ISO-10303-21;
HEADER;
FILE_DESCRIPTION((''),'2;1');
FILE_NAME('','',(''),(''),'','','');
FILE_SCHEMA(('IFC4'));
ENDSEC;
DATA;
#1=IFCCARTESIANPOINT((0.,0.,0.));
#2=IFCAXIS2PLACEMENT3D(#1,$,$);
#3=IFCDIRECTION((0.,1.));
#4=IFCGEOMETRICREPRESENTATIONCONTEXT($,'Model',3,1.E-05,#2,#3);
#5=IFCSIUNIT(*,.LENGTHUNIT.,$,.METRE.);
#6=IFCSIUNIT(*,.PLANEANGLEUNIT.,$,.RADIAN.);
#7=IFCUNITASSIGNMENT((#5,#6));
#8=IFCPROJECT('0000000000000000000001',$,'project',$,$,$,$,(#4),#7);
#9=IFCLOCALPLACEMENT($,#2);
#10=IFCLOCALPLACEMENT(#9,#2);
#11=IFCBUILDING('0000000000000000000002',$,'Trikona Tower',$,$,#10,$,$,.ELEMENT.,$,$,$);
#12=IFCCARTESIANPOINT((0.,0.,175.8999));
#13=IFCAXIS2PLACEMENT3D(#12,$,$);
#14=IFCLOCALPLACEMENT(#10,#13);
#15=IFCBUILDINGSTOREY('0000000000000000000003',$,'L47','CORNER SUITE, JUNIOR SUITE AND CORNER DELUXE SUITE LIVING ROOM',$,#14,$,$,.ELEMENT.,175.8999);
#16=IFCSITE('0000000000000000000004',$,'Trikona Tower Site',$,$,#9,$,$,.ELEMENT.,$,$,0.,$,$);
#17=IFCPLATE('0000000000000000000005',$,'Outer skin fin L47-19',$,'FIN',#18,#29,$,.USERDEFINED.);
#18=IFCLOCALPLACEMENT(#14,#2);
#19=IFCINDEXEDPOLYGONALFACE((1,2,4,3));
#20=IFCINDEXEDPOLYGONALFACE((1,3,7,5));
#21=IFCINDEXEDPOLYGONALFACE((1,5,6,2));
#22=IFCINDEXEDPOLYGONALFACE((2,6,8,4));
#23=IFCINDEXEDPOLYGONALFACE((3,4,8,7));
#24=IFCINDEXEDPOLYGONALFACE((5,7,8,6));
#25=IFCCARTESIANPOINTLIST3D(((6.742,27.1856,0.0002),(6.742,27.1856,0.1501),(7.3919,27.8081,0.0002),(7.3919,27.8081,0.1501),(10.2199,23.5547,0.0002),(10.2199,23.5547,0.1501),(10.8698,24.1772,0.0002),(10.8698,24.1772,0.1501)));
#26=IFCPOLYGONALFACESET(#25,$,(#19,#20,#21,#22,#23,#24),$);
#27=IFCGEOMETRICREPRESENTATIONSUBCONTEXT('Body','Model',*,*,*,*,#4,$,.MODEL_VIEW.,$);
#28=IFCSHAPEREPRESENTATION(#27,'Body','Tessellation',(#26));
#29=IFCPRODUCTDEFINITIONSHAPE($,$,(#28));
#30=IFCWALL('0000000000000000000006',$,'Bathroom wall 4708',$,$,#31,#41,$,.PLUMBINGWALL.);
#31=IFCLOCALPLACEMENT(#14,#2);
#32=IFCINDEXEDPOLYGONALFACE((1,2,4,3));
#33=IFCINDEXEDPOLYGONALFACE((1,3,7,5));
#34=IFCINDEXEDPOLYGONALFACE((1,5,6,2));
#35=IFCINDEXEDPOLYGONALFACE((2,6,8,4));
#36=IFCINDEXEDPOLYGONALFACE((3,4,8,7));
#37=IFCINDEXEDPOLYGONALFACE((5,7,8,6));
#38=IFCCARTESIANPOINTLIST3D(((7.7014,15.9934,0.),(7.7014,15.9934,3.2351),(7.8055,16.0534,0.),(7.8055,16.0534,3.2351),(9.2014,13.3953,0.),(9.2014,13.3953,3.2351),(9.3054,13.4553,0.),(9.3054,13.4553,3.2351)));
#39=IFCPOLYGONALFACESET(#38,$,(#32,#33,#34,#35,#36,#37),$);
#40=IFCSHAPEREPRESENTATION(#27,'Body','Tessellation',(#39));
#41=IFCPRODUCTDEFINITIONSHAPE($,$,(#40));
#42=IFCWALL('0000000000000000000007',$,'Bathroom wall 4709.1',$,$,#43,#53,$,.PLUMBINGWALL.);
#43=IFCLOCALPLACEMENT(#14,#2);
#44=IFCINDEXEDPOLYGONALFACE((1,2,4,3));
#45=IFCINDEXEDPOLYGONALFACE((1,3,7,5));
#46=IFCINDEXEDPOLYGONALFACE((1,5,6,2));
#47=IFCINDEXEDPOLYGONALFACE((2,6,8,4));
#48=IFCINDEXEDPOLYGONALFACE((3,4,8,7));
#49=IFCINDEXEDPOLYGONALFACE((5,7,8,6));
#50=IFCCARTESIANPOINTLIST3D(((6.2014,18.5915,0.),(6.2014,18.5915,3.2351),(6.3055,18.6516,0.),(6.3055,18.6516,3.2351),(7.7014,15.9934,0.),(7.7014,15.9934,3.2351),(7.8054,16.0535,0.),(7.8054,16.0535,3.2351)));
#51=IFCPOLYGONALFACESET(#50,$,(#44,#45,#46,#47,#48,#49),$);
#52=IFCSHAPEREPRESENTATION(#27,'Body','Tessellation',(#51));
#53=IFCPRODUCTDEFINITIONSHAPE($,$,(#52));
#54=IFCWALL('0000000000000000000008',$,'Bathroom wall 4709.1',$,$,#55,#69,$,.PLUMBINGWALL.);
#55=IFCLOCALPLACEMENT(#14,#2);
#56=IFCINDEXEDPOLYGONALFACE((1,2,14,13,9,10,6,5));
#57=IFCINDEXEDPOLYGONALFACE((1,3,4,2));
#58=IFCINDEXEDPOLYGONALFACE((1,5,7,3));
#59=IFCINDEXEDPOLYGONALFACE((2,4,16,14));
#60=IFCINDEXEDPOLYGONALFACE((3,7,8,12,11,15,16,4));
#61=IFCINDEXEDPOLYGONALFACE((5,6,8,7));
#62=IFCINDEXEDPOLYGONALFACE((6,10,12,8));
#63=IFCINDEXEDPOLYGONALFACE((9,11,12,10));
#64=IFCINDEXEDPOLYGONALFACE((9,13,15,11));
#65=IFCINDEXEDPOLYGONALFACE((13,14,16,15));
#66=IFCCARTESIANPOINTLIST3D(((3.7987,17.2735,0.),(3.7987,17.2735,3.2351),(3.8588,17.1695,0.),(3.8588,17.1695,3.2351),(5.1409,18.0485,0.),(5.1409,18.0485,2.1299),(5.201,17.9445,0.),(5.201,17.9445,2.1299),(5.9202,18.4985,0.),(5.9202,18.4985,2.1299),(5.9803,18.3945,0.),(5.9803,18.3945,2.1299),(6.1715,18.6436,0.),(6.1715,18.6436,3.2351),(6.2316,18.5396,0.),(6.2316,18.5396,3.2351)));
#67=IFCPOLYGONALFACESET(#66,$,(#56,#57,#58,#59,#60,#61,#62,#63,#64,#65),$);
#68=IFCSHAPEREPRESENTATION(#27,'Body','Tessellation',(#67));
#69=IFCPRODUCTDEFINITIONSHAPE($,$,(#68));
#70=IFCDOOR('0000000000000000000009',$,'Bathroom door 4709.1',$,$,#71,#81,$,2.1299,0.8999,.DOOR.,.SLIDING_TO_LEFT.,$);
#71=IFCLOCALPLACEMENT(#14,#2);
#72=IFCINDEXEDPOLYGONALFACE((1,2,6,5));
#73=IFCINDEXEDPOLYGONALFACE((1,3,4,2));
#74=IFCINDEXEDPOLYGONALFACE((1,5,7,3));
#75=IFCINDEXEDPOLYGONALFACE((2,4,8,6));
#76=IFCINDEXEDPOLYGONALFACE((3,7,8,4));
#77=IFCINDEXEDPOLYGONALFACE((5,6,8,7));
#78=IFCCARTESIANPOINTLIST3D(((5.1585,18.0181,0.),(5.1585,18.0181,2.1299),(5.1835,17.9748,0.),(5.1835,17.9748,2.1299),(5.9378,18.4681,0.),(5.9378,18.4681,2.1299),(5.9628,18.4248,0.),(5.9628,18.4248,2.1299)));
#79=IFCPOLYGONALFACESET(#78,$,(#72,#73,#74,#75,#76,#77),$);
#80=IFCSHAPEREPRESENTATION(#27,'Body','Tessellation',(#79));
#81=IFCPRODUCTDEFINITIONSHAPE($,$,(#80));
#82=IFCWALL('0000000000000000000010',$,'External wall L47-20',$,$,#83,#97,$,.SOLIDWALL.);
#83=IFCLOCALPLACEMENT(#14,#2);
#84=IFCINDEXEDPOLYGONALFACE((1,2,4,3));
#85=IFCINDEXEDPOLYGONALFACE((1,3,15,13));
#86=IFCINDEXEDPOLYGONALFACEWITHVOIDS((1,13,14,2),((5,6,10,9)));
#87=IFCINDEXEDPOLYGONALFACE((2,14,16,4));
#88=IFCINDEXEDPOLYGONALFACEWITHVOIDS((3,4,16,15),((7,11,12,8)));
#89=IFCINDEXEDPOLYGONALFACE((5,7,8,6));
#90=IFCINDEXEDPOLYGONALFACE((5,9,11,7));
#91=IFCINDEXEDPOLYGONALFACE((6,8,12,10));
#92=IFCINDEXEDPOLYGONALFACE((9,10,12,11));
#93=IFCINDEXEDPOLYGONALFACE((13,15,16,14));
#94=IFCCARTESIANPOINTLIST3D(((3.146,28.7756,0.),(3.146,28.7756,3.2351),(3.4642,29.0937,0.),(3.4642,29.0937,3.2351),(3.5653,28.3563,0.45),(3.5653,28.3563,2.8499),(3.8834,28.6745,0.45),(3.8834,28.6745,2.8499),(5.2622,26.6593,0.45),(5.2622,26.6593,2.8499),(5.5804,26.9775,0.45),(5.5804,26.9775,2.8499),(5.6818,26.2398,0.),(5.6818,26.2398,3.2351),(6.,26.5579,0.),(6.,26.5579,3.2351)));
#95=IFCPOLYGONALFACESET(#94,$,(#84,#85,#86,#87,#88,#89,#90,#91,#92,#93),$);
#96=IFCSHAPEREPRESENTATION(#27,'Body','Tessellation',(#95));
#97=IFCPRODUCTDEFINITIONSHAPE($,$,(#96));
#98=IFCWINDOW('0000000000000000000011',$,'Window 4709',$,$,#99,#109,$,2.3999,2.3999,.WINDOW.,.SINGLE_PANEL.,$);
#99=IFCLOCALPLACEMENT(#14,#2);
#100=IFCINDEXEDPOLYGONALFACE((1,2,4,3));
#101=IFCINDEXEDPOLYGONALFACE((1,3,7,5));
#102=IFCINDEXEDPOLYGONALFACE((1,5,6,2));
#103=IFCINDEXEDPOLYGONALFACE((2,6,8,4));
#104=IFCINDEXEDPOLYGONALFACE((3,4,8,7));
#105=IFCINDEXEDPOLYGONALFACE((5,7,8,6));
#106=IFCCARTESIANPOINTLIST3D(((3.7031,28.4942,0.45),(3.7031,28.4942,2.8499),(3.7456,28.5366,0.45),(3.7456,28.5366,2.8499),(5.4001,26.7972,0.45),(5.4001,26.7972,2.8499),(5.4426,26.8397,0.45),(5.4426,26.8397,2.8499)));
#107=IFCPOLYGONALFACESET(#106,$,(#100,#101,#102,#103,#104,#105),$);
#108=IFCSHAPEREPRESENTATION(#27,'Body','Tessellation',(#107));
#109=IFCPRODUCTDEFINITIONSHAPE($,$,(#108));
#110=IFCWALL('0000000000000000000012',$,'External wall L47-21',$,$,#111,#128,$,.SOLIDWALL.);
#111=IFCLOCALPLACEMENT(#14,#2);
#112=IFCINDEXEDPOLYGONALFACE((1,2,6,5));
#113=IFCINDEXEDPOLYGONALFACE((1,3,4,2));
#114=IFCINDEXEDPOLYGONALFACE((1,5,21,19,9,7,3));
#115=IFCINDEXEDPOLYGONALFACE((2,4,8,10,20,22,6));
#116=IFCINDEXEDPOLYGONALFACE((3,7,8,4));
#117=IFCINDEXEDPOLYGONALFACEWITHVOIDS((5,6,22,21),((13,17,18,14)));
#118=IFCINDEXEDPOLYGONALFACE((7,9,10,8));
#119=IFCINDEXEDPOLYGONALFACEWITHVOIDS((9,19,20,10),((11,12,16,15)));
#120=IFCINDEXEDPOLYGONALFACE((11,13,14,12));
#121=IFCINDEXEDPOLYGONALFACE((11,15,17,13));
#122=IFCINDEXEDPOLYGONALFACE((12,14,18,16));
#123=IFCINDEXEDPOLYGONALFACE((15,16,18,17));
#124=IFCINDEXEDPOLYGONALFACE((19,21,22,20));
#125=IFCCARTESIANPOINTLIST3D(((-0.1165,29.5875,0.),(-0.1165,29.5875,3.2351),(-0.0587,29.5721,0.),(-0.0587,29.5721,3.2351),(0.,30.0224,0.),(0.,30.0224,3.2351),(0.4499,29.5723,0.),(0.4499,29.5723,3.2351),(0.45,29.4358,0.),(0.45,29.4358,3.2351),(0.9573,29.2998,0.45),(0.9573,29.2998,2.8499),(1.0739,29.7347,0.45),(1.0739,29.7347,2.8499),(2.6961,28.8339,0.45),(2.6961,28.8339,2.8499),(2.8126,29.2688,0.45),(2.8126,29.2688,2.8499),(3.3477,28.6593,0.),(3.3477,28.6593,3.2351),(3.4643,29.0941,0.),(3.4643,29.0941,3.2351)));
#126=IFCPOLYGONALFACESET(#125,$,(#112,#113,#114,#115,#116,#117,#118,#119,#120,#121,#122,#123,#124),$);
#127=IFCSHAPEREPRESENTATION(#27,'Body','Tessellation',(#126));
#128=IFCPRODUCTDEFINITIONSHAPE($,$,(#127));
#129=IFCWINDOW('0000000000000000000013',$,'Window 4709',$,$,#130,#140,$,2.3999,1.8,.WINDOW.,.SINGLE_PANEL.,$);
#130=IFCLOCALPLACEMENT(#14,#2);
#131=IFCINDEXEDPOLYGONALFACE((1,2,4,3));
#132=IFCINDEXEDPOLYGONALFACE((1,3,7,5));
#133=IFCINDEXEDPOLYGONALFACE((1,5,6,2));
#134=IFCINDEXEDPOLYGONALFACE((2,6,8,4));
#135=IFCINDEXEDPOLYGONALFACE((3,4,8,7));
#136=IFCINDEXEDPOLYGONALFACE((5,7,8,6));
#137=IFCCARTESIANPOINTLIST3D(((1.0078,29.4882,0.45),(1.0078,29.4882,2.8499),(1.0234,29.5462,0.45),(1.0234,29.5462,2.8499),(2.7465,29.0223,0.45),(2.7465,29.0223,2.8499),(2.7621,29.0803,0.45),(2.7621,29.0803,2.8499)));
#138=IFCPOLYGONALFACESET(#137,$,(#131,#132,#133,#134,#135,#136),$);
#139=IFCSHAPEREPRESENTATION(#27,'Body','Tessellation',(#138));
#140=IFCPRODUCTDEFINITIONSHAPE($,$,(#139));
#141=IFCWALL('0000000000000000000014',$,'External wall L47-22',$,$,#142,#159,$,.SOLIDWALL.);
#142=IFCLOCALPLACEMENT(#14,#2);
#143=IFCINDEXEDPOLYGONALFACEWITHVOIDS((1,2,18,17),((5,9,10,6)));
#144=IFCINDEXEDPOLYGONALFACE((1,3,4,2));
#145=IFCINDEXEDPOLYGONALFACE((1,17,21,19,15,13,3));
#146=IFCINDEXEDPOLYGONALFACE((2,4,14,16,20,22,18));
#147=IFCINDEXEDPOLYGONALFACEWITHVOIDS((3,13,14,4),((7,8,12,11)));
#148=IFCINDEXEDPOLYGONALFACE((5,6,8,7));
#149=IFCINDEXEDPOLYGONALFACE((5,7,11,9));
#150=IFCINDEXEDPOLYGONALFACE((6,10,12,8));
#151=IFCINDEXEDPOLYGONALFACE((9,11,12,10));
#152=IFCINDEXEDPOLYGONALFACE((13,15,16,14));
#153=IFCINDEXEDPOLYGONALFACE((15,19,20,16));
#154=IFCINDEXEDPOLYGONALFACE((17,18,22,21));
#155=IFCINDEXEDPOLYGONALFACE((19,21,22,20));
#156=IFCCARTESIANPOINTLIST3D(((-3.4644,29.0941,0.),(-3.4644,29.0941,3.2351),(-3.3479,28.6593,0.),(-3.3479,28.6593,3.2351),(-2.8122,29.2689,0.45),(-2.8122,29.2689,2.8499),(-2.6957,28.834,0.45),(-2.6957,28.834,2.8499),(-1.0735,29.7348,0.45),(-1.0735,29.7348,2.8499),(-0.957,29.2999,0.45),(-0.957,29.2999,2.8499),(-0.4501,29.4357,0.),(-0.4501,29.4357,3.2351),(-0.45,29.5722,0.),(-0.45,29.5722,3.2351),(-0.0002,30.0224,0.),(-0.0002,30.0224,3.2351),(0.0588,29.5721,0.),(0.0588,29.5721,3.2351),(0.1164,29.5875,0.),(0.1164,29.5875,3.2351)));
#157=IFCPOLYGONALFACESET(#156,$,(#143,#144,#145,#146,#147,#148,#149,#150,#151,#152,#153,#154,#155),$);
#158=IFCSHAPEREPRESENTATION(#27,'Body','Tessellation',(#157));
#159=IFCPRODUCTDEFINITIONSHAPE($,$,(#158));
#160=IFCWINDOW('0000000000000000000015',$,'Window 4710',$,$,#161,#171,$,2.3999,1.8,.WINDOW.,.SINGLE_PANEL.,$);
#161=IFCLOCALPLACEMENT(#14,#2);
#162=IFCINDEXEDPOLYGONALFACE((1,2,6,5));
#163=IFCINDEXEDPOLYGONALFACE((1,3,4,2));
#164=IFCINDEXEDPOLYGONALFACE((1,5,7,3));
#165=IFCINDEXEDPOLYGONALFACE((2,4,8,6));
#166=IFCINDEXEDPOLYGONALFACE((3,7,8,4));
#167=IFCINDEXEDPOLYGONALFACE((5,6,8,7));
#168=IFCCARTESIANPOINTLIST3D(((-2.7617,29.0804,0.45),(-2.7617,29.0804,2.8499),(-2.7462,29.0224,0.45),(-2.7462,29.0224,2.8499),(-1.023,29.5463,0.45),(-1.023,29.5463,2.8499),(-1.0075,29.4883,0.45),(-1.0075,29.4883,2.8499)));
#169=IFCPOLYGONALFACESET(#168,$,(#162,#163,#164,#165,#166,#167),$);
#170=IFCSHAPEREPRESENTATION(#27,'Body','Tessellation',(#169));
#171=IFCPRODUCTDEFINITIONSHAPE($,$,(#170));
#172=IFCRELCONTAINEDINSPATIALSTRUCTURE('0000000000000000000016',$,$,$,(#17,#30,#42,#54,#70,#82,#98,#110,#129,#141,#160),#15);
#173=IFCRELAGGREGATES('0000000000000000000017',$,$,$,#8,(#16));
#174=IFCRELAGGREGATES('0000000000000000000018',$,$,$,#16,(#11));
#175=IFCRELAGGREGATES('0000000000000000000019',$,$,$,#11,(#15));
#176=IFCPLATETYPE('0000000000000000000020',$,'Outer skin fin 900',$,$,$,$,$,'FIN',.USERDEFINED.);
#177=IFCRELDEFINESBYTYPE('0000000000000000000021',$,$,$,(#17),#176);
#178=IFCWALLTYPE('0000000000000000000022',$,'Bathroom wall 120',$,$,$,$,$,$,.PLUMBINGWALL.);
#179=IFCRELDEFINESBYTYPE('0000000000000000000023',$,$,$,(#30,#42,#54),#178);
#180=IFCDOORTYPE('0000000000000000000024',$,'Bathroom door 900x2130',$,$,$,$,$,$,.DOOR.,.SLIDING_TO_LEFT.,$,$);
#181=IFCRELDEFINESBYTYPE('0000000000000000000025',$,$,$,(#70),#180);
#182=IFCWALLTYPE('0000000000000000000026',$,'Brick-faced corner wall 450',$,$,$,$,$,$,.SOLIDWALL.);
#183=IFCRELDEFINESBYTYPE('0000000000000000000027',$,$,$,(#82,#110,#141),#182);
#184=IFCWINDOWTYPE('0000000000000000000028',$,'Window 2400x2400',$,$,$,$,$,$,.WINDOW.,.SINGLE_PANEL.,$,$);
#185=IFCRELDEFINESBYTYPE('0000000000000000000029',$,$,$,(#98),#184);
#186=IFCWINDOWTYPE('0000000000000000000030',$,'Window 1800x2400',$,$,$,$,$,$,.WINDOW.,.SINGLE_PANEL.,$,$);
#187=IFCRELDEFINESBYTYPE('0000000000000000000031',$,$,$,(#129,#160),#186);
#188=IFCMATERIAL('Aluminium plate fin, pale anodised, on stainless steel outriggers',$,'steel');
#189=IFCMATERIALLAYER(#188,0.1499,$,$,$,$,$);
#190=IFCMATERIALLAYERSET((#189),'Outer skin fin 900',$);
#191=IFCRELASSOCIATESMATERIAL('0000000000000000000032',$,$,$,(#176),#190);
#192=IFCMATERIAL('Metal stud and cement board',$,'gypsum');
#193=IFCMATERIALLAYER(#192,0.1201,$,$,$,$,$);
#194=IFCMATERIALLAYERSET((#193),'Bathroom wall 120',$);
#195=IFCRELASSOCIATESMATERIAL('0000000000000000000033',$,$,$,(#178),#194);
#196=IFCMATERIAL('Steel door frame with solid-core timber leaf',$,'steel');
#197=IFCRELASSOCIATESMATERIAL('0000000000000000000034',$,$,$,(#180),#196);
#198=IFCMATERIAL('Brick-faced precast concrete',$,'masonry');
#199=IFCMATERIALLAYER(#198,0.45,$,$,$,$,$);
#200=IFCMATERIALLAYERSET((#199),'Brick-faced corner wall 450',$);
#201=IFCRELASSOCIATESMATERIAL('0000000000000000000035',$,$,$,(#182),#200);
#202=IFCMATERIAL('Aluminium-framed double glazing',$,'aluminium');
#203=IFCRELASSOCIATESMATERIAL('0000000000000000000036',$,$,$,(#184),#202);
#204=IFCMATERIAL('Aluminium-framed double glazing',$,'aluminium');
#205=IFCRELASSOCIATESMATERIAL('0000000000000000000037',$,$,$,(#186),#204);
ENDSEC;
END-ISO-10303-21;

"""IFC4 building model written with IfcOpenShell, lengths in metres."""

from ifc_helpers import new_model, si_unit, direction, frame, frame_2d, origin, origin_2d, place, context, subcontext, project, spatial, polyline, rectangle, outline, extrude, material, layer, layer_set, type_object, element, fill, save


model = new_model("IFC4")

# Units and contexts
model_context = context("Model", 3, precision=1e-05, world=origin(), true_north=direction((0.0, 1.0)))
body_context = subcontext(model_context, "Body", "Model", "MODEL_VIEW")
ifc_project = project(units=[si_unit("LENGTHUNIT", "METRE"), si_unit("PLANEANGLEUNIT", "RADIAN")], contexts=[model_context])

# Site, building, storey
site_placement = place(None, origin())
site = spatial("IfcSite", under=ifc_project, at=site_placement, Name="Trikona Tower Site", CompositionType="ELEMENT", RefElevation=0.0)
building_placement = place(site_placement, origin())
building = spatial("IfcBuilding", under=site, at=building_placement, Name="Trikona Tower", CompositionType="ELEMENT")
storey_placement = place(building_placement, frame((0.0, 0.0, 175.8999)))
storey = spatial("IfcBuildingStorey", under=building, at=storey_placement, Name="L47", Description="CORNER SUITE, JUNIOR SUITE AND CORNER DELUXE SUITE LIVING ROOM", CompositionType="ELEMENT", Elevation=175.8999)

# Plate
ifc_material_1 = material(Name="Aluminium plate fin, pale anodised, on stainless steel outriggers", Category="steel")
ifc_layer_1 = layer(ifc_material_1, 0.1499)
ifc_layer_set_1 = layer_set([ifc_layer_1], Name="Outer skin fin 900")
plate_type_1 = type_object("IfcPlateType", Name="Outer skin fin 900", ElementType="FIN", PredefinedType="USERDEFINED", material=ifc_layer_set_1)
plate_1_placement = place(storey_placement, frame((8.8059, 25.6814, 0.0002), z_axis=(0.0, 0.0, 1.0), x_axis=(-0.691724, 0.722162, 0.0)))
element("IfcPlate", 1, at=plate_1_placement, inside=storey, type_object=plate_type_1, Name="Outer skin fin L47-19", ObjectType="FIN", PredefinedType="USERDEFINED", context=body_context, shape_type="SweptSolid", body=[
    extrude(rectangle(XDim=5.0278, YDim=0.8999, at=origin_2d()), origin(), (0.0, 0.0, 1.0), 0.1499),
])

# Walls
ifc_material_2 = material(Name="Metal stud and cement board", Category="gypsum")
ifc_layer_2 = layer(ifc_material_2, 0.1201)
ifc_layer_set_2 = layer_set([ifc_layer_2], Name="Bathroom wall 120")
wall_type_1 = type_object("IfcWallType", Name="Bathroom wall 120", PredefinedType="PLUMBINGWALL", material=ifc_layer_set_2)
for number, where, z_axis, x_axis, name in (
    (2, (9.2534, 13.4253, 0.0), (0.0, 0.0, 1.0), (-0.49999, 0.866031, 0.0), "Bathroom wall 4708"),
    (3, (7.7534, 16.0234, 0.0), (0.0, 0.0, 1.0), (-0.49999, 0.866031, 0.0), "Bathroom wall 4709.1"),
):
    element("IfcWall", number, at=place(storey_placement, frame(where, z_axis=z_axis, x_axis=x_axis)), inside=storey, type_object=wall_type_1, Name=name, PredefinedType="PLUMBINGWALL", context=body_context, shape_type="SweptSolid", body=[
        extrude(rectangle(XDim=3.0, YDim=0.1201, at=frame_2d((1.5, 0.0))), origin(), (0.0, 0.0, 1.0), 3.2351),
    ])

# Wall, opening, door
wall_1_placement = place(storey_placement, frame((3.8286, 17.2214, 0.0), z_axis=(0.0, 0.0, 1.0), x_axis=(0.865997, 0.500049, 0.0)))
wall_1 = element("IfcWall", 4, at=wall_1_placement, inside=storey, type_object=wall_type_1, Name="Bathroom wall 4709.1", PredefinedType="PLUMBINGWALL", context=body_context, shape_type="SweptSolid", body=[
    extrude(rectangle(XDim=2.74, YDim=0.1201, at=frame_2d((1.3701, 0.0))), origin(), (0.0, 0.0, 1.0), 3.2351),
])
opening_1_placement = place(wall_1_placement, frame((1.55, 0.0, 0.0)))
opening_1 = element("IfcOpeningElement", 5, at=opening_1_placement, cuts=wall_1, PredefinedType="OPENING", context=body_context, shape_type="SweptSolid", body=[
    extrude(rectangle(XDim=0.8999, YDim=2.1299, at=frame_2d((0.45, 1.0649))), frame((0.0, 0.0701, 0.0), z_axis=(0.0, -1.0, 0.0), x_axis=(1.0, 0.0, 0.0)), (0.0, 0.0, 1.0), 0.1401),
])
ifc_material_3 = material(Name="Steel door frame with solid-core timber leaf", Category="steel")
door_type_1 = type_object("IfcDoorType", Name="Bathroom door 900x2130", OperationType="SLIDING_TO_LEFT", PredefinedType="DOOR", material=ifc_material_3)
door_1_placement = place(opening_1_placement, origin())
door_1 = element("IfcDoor", 6, at=door_1_placement, inside=storey, type_object=door_type_1, Name="Bathroom door 4709.1", OperationType="SLIDING_TO_LEFT", OverallHeight=2.1299, OverallWidth=0.8999, PredefinedType="DOOR", context=body_context, shape_type="SweptSolid", body=[
    extrude(rectangle(XDim=0.8999, YDim=2.1299, at=frame_2d((0.45, 1.0649))), frame((0.0, 0.0249, 0.0), z_axis=(0.0, -1.0, 0.0), x_axis=(1.0, 0.0, 0.0)), (0.0, 0.0, 1.0), 0.05),
])
fill(opening_1, door_1)

# Walls, openings, windows
ifc_material_4 = material(Name="Brick-faced precast concrete", Category="masonry")
ifc_layer_3 = layer(ifc_material_4, 0.45)
ifc_layer_set_3 = layer_set([ifc_layer_3], Name="Brick-faced corner wall 450")
wall_type_2 = type_object("IfcWallType", Name="Brick-faced corner wall 450", PredefinedType="SOLIDWALL", material=ifc_layer_set_3)
wall_2_placement = place(storey_placement, frame((5.8408, 26.3989, 0.0), z_axis=(0.0, 0.0, 1.0), x_axis=(-0.707107, 0.707107, 0.0)))
wall_2 = element("IfcWall", 7, at=wall_2_placement, inside=storey, type_object=wall_type_2, Name="External wall L47-20", PredefinedType="SOLIDWALL", context=body_context, shape_type="SweptSolid", body=[
    extrude(rectangle(XDim=3.5862, YDim=0.45, at=frame_2d((1.793, 0.0))), origin(), (0.0, 0.0, 1.0), 3.2351),
])
opening_2_placement = place(wall_2_placement, frame((0.5933, 0.0, 0.45)))
opening_2 = element("IfcOpeningElement", 8, at=opening_2_placement, cuts=wall_2, PredefinedType="OPENING", context=body_context, shape_type="SweptSolid", body=[
    extrude(rectangle(XDim=2.3999, YDim=2.3999, at=frame_2d((1.2, 1.2))), frame((0.0, 0.2349, 0.0), z_axis=(0.0, -1.0, 0.0), x_axis=(1.0, 0.0, 0.0)), (0.0, 0.0, 1.0), 0.47),
])
ifc_material_5 = material(Name="Aluminium-framed double glazing", Category="aluminium")
window_type_1 = type_object("IfcWindowType", Name="Window 2400x2400", PartitioningType="SINGLE_PANEL", PredefinedType="WINDOW", material=ifc_material_5)
window_1_placement = place(opening_2_placement, origin())
window_1 = element("IfcWindow", 9, at=window_1_placement, inside=storey, type_object=window_type_1, Name="Window 4709", OverallHeight=2.3999, OverallWidth=2.3999, PartitioningType="SINGLE_PANEL", PredefinedType="WINDOW", context=body_context, shape_type="SweptSolid", body=[
    extrude(rectangle(XDim=2.3999, YDim=2.3999, at=frame_2d((1.2, 1.2))), frame((0.0, 0.03, 0.0), z_axis=(0.0, -1.0, 0.0), x_axis=(1.0, 0.0, 0.0)), (0.0, 0.0, 1.0), 0.0601),
])
fill(opening_2, window_1)
wall_3_placement = place(storey_placement, frame((3.406, 28.8767, 0.0), z_axis=(0.0, 0.0, 1.0), x_axis=(-0.965925, 0.258823, 0.0)))
wall_3 = element("IfcWall", 10, at=wall_3_placement, inside=storey, type_object=wall_type_2, Name="External wall L47-21", PredefinedType="SOLIDWALL", context=body_context, shape_type="SweptSolid", body=[
    extrude(outline(polyline([(3.5864, 0.2251), (3.5266, 0.2251), (3.0354, 0.0933), (3.0, 0.2251), (0.0, 0.2251), (0.0, -0.2251), (3.5864, -0.2251), (3.5864, 0.2251)])), origin(), (0.0, 0.0, 1.0), 3.2351),
])
opening_3_placement = place(wall_3_placement, frame((0.6748, 0.0, 0.45)))
opening_3 = element("IfcOpeningElement", 11, at=opening_3_placement, cuts=wall_3, PredefinedType="OPENING", context=body_context, shape_type="SweptSolid", body=[
    extrude(rectangle(XDim=1.8, YDim=2.3999, at=frame_2d((0.8999, 1.2))), frame((0.0, 0.2349, 0.0), z_axis=(0.0, -1.0, 0.0), x_axis=(1.0, 0.0, 0.0)), (0.0, 0.0, 1.0), 0.47),
])
ifc_material_6 = material(Name="Aluminium-framed double glazing", Category="aluminium")
window_type_2 = type_object("IfcWindowType", Name="Window 1800x2400", PartitioningType="SINGLE_PANEL", PredefinedType="WINDOW", material=ifc_material_6)
window_2_placement = place(opening_3_placement, origin())
window_2 = element("IfcWindow", 12, at=window_2_placement, inside=storey, type_object=window_type_2, Name="Window 4709", OverallHeight=2.3999, OverallWidth=1.8, PartitioningType="SINGLE_PANEL", PredefinedType="WINDOW", context=body_context, shape_type="SweptSolid", body=[
    extrude(rectangle(XDim=1.8, YDim=2.3999, at=frame_2d((0.8999, 1.2))), frame((0.0, 0.03, 0.0), z_axis=(0.0, -1.0, 0.0), x_axis=(1.0, 0.0, 0.0)), (0.0, 0.0, 1.0), 0.0601),
])
fill(opening_3, window_2)
wall_4_placement = place(storey_placement, frame((0.0581, 29.8049, 0.0), z_axis=(0.0, 0.0, 1.0), x_axis=(-0.965925, -0.258823, 0.0)))
wall_4 = element("IfcWall", 13, at=wall_4_placement, inside=storey, type_object=wall_type_2, Name="External wall L47-22", PredefinedType="SOLIDWALL", context=body_context, shape_type="SweptSolid", body=[
    extrude(outline(polyline([(3.5864, 0.2251), (0.5864, 0.2251), (0.551, 0.0933), (0.0596, 0.2251), (0.0, 0.2251), (0.0, -0.2251), (3.5864, -0.2251), (3.5864, 0.2251)])), origin(), (0.0, 0.0, 1.0), 3.2351),
])
opening_4_placement = place(wall_4_placement, frame((1.1113, 0.0, 0.45)))
opening_4 = element("IfcOpeningElement", 14, at=opening_4_placement, cuts=wall_4, PredefinedType="OPENING", context=body_context, shape_type="SweptSolid", body=[
    extrude(rectangle(XDim=1.8, YDim=2.3999, at=frame_2d((0.8999, 1.2))), frame((0.0, 0.2349, 0.0), z_axis=(0.0, -1.0, 0.0), x_axis=(1.0, 0.0, 0.0)), (0.0, 0.0, 1.0), 0.47),
])
window_3_placement = place(opening_4_placement, origin())
window_3 = element("IfcWindow", 15, at=window_3_placement, inside=storey, type_object=window_type_2, Name="Window 4710", OverallHeight=2.3999, OverallWidth=1.8, PartitioningType="SINGLE_PANEL", PredefinedType="WINDOW", context=body_context, shape_type="SweptSolid", body=[
    extrude(rectangle(XDim=1.8, YDim=2.3999, at=frame_2d((0.8999, 1.2))), frame((0.0, 0.03, 0.0), z_axis=(0.0, -1.0, 0.0), x_axis=(1.0, 0.0, 0.0)), (0.0, 0.0, 1.0), 0.0601),
])
fill(opening_4, window_3)

save(model, "model.ifc")
